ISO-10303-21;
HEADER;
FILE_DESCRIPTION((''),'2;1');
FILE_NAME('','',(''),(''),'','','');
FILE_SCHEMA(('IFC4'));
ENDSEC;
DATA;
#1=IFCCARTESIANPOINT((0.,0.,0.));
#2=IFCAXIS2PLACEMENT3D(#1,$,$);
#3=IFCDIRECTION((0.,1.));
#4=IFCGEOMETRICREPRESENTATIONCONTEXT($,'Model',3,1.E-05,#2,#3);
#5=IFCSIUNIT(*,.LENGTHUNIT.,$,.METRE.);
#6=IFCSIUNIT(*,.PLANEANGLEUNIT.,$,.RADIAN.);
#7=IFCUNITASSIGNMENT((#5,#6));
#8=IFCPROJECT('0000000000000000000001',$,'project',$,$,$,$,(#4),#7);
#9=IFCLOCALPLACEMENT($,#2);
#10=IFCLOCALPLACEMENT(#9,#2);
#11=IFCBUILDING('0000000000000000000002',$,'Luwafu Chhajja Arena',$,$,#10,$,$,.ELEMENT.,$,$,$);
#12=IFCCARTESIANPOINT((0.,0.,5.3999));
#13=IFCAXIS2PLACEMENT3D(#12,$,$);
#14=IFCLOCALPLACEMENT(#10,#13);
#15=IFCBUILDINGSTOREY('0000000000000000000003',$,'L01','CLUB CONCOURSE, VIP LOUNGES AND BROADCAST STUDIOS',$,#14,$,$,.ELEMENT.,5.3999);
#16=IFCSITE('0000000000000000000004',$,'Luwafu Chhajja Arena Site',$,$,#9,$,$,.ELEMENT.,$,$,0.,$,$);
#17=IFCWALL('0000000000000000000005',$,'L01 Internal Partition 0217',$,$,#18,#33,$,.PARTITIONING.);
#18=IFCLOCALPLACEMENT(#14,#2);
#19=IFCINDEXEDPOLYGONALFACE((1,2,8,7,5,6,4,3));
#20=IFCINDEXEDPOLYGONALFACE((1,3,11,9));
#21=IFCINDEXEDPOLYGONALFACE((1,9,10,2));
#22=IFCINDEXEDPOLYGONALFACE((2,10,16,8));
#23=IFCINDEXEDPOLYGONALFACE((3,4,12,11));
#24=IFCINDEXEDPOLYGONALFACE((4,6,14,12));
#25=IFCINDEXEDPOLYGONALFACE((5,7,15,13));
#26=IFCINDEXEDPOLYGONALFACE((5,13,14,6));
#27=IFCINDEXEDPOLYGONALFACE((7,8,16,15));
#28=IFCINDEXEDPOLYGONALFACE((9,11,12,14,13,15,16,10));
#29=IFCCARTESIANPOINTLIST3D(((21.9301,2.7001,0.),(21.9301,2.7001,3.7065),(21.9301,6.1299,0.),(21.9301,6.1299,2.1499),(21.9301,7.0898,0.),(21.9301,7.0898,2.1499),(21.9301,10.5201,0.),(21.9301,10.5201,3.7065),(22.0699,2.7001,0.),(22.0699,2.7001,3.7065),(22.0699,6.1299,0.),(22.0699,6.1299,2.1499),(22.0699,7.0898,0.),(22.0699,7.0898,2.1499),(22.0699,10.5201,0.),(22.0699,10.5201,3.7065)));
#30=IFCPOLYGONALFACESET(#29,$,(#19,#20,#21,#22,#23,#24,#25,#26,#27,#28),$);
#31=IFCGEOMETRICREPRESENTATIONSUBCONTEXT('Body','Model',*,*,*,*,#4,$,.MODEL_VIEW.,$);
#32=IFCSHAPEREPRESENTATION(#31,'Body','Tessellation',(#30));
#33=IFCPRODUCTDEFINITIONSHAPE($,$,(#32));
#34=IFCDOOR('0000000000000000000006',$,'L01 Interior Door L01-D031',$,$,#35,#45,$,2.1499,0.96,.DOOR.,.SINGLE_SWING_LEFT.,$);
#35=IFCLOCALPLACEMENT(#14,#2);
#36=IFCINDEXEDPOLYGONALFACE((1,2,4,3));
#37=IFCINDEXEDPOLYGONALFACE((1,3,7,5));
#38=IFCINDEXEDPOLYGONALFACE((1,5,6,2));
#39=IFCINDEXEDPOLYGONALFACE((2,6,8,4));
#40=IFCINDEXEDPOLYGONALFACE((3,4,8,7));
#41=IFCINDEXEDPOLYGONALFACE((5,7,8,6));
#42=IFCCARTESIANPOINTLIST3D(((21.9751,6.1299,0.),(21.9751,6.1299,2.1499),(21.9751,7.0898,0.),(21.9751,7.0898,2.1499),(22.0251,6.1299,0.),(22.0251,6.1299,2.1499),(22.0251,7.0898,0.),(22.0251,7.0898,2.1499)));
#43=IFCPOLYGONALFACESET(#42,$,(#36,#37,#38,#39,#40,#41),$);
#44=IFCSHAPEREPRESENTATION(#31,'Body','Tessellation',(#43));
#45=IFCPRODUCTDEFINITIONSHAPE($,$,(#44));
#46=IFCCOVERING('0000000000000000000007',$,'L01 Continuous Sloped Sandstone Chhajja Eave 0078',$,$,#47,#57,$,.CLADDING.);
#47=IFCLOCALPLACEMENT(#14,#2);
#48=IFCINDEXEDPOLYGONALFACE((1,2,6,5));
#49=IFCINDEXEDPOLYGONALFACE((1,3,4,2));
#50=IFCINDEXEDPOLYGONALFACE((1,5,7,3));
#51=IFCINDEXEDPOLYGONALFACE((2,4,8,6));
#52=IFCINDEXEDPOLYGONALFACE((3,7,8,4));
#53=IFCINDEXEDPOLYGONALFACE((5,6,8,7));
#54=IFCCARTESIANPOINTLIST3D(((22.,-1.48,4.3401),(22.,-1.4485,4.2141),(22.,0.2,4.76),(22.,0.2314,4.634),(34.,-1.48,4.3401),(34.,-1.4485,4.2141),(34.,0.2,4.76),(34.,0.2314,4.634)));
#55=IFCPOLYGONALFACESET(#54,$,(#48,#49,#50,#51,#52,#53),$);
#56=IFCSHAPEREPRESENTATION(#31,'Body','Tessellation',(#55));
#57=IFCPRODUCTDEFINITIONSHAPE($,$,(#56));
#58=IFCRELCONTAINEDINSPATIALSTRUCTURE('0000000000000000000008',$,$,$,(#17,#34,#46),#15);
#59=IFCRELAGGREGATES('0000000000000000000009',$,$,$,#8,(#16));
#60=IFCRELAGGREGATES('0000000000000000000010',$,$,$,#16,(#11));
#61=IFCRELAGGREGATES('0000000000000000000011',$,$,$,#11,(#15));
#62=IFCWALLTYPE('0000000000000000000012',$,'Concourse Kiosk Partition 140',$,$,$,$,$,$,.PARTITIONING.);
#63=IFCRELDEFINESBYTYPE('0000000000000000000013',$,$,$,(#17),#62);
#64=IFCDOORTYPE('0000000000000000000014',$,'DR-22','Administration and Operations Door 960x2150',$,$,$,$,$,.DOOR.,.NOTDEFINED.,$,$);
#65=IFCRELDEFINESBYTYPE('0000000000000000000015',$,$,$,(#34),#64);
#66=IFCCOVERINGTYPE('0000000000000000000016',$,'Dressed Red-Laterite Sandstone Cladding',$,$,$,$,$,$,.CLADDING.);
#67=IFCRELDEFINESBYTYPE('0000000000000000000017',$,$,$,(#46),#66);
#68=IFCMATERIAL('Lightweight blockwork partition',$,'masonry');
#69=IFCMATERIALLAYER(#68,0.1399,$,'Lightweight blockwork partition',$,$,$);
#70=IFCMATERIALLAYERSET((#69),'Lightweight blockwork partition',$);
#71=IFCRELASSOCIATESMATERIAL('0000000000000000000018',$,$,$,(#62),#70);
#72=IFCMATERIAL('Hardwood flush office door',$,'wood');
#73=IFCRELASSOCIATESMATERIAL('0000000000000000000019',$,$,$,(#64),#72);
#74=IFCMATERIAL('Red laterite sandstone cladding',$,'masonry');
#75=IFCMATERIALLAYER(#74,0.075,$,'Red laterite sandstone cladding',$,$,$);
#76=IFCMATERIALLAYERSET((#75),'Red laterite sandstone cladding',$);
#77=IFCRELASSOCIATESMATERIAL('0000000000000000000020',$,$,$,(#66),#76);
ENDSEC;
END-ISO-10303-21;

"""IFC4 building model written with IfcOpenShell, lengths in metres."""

from ifc_helpers import new_model, si_unit, direction, frame, frame_2d, origin, place, context, subcontext, project, spatial, polyline, rectangle, outline, extrude, material, layer, layer_set, type_object, element, fill, save


model = new_model("IFC4")

# Units and contexts
model_context = context("Model", 3, precision=1e-05, world=origin(), true_north=direction((0.0, 1.0)))
body_context = subcontext(model_context, "Body", "Model", "MODEL_VIEW")
ifc_project = project(units=[si_unit("LENGTHUNIT", "METRE"), si_unit("PLANEANGLEUNIT", "RADIAN")], contexts=[model_context])

# Site, building, storey
site_placement = place(None, origin())
site = spatial("IfcSite", under=ifc_project, at=site_placement, Name="Luwafu Chhajja Arena Site", CompositionType="ELEMENT", RefElevation=0.0)
building_placement = place(site_placement, origin())
building = spatial("IfcBuilding", under=site, at=building_placement, Name="Luwafu Chhajja Arena", CompositionType="ELEMENT")
storey_placement = place(building_placement, frame((0.0, 0.0, 5.3999)))
storey = spatial("IfcBuildingStorey", under=building, at=storey_placement, Name="L01", Description="CLUB CONCOURSE, VIP LOUNGES AND BROADCAST STUDIOS", CompositionType="ELEMENT", Elevation=5.3999)

# Wall, opening, door
ifc_material_1 = material(Name="Lightweight blockwork partition", Category="masonry")
ifc_layer_1 = layer(ifc_material_1, 0.1399, Name="Lightweight blockwork partition")
ifc_layer_set_1 = layer_set([ifc_layer_1], Name="Lightweight blockwork partition")
wall_type = type_object("IfcWallType", Name="Concourse Kiosk Partition 140", PredefinedType="PARTITIONING", material=ifc_layer_set_1)
wall_placement = place(storey_placement, frame((22.0, 2.7, 0.0), z_axis=(0.0, 0.0, 1.0), x_axis=(0.0, 1.0, 0.0)))
wall = element("IfcWall", 1, at=wall_placement, inside=storey, type_object=wall_type, Name="L01 Internal Partition 0217", PredefinedType="PARTITIONING", context=body_context, shape_type="SweptSolid", body=[
    extrude(rectangle(XDim=7.8201, YDim=0.1399, at=frame_2d((3.9102, 0.0))), origin(), (0.0, 0.0, 1.0), 3.7065),
])
opening_placement = place(wall_placement, frame((3.4299, 0.0, 0.0)))
opening = element("IfcOpeningElement", 2, at=opening_placement, cuts=wall, PredefinedType="OPENING", context=body_context, shape_type="SweptSolid", body=[
    extrude(rectangle(XDim=0.96, YDim=2.1499, at=frame_2d((0.48, 1.075))), frame((0.0, 0.0798, 0.0), z_axis=(0.0, -1.0, 0.0), x_axis=(1.0, 0.0, 0.0)), (0.0, 0.0, 1.0), 0.1599),
])
ifc_material_2 = material(Name="Hardwood flush office door", Category="wood")
door_type = type_object("IfcDoorType", Name="DR-22", Description="Administration and Operations Door 960x2150", OperationType="NOTDEFINED", PredefinedType="DOOR", material=ifc_material_2)
door_placement = place(opening_placement, origin())
door = element("IfcDoor", 3, at=door_placement, inside=storey, type_object=door_type, Name="L01 Interior Door L01-D031", OperationType="SINGLE_SWING_LEFT", OverallHeight=2.1499, OverallWidth=0.96, PredefinedType="DOOR", context=body_context, shape_type="SweptSolid", body=[
    extrude(rectangle(XDim=0.96, YDim=2.1499, at=frame_2d((0.48, 1.075))), frame((0.0, 0.0249, 0.0), z_axis=(0.0, -1.0, 0.0), x_axis=(1.0, 0.0, 0.0)), (0.0, 0.0, 1.0), 0.05),
])
fill(opening, door)

# Covering
ifc_material_3 = material(Name="Red laterite sandstone cladding", Category="masonry")
ifc_layer_2 = layer(ifc_material_3, 0.075, Name="Red laterite sandstone cladding")
ifc_layer_set_2 = layer_set([ifc_layer_2], Name="Red laterite sandstone cladding")
covering_type = type_object("IfcCoveringType", Name="Dressed Red-Laterite Sandstone Cladding", PredefinedType="CLADDING", material=ifc_layer_set_2)
covering_placement = place(storey_placement, frame((22.0, 0.2, 4.76), z_axis=(0.0, -0.242502, 0.970151), x_axis=(1.0, 0.0, 0.0)))
element("IfcCovering", 4, at=covering_placement, inside=storey, type_object=covering_type, Name="L01 Continuous Sloped Sandstone Chhajja Eave 0078", PredefinedType="CLADDING", context=body_context, shape_type="SweptSolid", body=[
    extrude(outline(polyline([(0.0, 0.0), (12.0, 0.0), (12.0, -1.7316), (0.0, -1.7316), (0.0, 0.0)])), origin(), (0.0, 0.0, -1.0), 0.1299),
])

save(model, "model.ifc")
